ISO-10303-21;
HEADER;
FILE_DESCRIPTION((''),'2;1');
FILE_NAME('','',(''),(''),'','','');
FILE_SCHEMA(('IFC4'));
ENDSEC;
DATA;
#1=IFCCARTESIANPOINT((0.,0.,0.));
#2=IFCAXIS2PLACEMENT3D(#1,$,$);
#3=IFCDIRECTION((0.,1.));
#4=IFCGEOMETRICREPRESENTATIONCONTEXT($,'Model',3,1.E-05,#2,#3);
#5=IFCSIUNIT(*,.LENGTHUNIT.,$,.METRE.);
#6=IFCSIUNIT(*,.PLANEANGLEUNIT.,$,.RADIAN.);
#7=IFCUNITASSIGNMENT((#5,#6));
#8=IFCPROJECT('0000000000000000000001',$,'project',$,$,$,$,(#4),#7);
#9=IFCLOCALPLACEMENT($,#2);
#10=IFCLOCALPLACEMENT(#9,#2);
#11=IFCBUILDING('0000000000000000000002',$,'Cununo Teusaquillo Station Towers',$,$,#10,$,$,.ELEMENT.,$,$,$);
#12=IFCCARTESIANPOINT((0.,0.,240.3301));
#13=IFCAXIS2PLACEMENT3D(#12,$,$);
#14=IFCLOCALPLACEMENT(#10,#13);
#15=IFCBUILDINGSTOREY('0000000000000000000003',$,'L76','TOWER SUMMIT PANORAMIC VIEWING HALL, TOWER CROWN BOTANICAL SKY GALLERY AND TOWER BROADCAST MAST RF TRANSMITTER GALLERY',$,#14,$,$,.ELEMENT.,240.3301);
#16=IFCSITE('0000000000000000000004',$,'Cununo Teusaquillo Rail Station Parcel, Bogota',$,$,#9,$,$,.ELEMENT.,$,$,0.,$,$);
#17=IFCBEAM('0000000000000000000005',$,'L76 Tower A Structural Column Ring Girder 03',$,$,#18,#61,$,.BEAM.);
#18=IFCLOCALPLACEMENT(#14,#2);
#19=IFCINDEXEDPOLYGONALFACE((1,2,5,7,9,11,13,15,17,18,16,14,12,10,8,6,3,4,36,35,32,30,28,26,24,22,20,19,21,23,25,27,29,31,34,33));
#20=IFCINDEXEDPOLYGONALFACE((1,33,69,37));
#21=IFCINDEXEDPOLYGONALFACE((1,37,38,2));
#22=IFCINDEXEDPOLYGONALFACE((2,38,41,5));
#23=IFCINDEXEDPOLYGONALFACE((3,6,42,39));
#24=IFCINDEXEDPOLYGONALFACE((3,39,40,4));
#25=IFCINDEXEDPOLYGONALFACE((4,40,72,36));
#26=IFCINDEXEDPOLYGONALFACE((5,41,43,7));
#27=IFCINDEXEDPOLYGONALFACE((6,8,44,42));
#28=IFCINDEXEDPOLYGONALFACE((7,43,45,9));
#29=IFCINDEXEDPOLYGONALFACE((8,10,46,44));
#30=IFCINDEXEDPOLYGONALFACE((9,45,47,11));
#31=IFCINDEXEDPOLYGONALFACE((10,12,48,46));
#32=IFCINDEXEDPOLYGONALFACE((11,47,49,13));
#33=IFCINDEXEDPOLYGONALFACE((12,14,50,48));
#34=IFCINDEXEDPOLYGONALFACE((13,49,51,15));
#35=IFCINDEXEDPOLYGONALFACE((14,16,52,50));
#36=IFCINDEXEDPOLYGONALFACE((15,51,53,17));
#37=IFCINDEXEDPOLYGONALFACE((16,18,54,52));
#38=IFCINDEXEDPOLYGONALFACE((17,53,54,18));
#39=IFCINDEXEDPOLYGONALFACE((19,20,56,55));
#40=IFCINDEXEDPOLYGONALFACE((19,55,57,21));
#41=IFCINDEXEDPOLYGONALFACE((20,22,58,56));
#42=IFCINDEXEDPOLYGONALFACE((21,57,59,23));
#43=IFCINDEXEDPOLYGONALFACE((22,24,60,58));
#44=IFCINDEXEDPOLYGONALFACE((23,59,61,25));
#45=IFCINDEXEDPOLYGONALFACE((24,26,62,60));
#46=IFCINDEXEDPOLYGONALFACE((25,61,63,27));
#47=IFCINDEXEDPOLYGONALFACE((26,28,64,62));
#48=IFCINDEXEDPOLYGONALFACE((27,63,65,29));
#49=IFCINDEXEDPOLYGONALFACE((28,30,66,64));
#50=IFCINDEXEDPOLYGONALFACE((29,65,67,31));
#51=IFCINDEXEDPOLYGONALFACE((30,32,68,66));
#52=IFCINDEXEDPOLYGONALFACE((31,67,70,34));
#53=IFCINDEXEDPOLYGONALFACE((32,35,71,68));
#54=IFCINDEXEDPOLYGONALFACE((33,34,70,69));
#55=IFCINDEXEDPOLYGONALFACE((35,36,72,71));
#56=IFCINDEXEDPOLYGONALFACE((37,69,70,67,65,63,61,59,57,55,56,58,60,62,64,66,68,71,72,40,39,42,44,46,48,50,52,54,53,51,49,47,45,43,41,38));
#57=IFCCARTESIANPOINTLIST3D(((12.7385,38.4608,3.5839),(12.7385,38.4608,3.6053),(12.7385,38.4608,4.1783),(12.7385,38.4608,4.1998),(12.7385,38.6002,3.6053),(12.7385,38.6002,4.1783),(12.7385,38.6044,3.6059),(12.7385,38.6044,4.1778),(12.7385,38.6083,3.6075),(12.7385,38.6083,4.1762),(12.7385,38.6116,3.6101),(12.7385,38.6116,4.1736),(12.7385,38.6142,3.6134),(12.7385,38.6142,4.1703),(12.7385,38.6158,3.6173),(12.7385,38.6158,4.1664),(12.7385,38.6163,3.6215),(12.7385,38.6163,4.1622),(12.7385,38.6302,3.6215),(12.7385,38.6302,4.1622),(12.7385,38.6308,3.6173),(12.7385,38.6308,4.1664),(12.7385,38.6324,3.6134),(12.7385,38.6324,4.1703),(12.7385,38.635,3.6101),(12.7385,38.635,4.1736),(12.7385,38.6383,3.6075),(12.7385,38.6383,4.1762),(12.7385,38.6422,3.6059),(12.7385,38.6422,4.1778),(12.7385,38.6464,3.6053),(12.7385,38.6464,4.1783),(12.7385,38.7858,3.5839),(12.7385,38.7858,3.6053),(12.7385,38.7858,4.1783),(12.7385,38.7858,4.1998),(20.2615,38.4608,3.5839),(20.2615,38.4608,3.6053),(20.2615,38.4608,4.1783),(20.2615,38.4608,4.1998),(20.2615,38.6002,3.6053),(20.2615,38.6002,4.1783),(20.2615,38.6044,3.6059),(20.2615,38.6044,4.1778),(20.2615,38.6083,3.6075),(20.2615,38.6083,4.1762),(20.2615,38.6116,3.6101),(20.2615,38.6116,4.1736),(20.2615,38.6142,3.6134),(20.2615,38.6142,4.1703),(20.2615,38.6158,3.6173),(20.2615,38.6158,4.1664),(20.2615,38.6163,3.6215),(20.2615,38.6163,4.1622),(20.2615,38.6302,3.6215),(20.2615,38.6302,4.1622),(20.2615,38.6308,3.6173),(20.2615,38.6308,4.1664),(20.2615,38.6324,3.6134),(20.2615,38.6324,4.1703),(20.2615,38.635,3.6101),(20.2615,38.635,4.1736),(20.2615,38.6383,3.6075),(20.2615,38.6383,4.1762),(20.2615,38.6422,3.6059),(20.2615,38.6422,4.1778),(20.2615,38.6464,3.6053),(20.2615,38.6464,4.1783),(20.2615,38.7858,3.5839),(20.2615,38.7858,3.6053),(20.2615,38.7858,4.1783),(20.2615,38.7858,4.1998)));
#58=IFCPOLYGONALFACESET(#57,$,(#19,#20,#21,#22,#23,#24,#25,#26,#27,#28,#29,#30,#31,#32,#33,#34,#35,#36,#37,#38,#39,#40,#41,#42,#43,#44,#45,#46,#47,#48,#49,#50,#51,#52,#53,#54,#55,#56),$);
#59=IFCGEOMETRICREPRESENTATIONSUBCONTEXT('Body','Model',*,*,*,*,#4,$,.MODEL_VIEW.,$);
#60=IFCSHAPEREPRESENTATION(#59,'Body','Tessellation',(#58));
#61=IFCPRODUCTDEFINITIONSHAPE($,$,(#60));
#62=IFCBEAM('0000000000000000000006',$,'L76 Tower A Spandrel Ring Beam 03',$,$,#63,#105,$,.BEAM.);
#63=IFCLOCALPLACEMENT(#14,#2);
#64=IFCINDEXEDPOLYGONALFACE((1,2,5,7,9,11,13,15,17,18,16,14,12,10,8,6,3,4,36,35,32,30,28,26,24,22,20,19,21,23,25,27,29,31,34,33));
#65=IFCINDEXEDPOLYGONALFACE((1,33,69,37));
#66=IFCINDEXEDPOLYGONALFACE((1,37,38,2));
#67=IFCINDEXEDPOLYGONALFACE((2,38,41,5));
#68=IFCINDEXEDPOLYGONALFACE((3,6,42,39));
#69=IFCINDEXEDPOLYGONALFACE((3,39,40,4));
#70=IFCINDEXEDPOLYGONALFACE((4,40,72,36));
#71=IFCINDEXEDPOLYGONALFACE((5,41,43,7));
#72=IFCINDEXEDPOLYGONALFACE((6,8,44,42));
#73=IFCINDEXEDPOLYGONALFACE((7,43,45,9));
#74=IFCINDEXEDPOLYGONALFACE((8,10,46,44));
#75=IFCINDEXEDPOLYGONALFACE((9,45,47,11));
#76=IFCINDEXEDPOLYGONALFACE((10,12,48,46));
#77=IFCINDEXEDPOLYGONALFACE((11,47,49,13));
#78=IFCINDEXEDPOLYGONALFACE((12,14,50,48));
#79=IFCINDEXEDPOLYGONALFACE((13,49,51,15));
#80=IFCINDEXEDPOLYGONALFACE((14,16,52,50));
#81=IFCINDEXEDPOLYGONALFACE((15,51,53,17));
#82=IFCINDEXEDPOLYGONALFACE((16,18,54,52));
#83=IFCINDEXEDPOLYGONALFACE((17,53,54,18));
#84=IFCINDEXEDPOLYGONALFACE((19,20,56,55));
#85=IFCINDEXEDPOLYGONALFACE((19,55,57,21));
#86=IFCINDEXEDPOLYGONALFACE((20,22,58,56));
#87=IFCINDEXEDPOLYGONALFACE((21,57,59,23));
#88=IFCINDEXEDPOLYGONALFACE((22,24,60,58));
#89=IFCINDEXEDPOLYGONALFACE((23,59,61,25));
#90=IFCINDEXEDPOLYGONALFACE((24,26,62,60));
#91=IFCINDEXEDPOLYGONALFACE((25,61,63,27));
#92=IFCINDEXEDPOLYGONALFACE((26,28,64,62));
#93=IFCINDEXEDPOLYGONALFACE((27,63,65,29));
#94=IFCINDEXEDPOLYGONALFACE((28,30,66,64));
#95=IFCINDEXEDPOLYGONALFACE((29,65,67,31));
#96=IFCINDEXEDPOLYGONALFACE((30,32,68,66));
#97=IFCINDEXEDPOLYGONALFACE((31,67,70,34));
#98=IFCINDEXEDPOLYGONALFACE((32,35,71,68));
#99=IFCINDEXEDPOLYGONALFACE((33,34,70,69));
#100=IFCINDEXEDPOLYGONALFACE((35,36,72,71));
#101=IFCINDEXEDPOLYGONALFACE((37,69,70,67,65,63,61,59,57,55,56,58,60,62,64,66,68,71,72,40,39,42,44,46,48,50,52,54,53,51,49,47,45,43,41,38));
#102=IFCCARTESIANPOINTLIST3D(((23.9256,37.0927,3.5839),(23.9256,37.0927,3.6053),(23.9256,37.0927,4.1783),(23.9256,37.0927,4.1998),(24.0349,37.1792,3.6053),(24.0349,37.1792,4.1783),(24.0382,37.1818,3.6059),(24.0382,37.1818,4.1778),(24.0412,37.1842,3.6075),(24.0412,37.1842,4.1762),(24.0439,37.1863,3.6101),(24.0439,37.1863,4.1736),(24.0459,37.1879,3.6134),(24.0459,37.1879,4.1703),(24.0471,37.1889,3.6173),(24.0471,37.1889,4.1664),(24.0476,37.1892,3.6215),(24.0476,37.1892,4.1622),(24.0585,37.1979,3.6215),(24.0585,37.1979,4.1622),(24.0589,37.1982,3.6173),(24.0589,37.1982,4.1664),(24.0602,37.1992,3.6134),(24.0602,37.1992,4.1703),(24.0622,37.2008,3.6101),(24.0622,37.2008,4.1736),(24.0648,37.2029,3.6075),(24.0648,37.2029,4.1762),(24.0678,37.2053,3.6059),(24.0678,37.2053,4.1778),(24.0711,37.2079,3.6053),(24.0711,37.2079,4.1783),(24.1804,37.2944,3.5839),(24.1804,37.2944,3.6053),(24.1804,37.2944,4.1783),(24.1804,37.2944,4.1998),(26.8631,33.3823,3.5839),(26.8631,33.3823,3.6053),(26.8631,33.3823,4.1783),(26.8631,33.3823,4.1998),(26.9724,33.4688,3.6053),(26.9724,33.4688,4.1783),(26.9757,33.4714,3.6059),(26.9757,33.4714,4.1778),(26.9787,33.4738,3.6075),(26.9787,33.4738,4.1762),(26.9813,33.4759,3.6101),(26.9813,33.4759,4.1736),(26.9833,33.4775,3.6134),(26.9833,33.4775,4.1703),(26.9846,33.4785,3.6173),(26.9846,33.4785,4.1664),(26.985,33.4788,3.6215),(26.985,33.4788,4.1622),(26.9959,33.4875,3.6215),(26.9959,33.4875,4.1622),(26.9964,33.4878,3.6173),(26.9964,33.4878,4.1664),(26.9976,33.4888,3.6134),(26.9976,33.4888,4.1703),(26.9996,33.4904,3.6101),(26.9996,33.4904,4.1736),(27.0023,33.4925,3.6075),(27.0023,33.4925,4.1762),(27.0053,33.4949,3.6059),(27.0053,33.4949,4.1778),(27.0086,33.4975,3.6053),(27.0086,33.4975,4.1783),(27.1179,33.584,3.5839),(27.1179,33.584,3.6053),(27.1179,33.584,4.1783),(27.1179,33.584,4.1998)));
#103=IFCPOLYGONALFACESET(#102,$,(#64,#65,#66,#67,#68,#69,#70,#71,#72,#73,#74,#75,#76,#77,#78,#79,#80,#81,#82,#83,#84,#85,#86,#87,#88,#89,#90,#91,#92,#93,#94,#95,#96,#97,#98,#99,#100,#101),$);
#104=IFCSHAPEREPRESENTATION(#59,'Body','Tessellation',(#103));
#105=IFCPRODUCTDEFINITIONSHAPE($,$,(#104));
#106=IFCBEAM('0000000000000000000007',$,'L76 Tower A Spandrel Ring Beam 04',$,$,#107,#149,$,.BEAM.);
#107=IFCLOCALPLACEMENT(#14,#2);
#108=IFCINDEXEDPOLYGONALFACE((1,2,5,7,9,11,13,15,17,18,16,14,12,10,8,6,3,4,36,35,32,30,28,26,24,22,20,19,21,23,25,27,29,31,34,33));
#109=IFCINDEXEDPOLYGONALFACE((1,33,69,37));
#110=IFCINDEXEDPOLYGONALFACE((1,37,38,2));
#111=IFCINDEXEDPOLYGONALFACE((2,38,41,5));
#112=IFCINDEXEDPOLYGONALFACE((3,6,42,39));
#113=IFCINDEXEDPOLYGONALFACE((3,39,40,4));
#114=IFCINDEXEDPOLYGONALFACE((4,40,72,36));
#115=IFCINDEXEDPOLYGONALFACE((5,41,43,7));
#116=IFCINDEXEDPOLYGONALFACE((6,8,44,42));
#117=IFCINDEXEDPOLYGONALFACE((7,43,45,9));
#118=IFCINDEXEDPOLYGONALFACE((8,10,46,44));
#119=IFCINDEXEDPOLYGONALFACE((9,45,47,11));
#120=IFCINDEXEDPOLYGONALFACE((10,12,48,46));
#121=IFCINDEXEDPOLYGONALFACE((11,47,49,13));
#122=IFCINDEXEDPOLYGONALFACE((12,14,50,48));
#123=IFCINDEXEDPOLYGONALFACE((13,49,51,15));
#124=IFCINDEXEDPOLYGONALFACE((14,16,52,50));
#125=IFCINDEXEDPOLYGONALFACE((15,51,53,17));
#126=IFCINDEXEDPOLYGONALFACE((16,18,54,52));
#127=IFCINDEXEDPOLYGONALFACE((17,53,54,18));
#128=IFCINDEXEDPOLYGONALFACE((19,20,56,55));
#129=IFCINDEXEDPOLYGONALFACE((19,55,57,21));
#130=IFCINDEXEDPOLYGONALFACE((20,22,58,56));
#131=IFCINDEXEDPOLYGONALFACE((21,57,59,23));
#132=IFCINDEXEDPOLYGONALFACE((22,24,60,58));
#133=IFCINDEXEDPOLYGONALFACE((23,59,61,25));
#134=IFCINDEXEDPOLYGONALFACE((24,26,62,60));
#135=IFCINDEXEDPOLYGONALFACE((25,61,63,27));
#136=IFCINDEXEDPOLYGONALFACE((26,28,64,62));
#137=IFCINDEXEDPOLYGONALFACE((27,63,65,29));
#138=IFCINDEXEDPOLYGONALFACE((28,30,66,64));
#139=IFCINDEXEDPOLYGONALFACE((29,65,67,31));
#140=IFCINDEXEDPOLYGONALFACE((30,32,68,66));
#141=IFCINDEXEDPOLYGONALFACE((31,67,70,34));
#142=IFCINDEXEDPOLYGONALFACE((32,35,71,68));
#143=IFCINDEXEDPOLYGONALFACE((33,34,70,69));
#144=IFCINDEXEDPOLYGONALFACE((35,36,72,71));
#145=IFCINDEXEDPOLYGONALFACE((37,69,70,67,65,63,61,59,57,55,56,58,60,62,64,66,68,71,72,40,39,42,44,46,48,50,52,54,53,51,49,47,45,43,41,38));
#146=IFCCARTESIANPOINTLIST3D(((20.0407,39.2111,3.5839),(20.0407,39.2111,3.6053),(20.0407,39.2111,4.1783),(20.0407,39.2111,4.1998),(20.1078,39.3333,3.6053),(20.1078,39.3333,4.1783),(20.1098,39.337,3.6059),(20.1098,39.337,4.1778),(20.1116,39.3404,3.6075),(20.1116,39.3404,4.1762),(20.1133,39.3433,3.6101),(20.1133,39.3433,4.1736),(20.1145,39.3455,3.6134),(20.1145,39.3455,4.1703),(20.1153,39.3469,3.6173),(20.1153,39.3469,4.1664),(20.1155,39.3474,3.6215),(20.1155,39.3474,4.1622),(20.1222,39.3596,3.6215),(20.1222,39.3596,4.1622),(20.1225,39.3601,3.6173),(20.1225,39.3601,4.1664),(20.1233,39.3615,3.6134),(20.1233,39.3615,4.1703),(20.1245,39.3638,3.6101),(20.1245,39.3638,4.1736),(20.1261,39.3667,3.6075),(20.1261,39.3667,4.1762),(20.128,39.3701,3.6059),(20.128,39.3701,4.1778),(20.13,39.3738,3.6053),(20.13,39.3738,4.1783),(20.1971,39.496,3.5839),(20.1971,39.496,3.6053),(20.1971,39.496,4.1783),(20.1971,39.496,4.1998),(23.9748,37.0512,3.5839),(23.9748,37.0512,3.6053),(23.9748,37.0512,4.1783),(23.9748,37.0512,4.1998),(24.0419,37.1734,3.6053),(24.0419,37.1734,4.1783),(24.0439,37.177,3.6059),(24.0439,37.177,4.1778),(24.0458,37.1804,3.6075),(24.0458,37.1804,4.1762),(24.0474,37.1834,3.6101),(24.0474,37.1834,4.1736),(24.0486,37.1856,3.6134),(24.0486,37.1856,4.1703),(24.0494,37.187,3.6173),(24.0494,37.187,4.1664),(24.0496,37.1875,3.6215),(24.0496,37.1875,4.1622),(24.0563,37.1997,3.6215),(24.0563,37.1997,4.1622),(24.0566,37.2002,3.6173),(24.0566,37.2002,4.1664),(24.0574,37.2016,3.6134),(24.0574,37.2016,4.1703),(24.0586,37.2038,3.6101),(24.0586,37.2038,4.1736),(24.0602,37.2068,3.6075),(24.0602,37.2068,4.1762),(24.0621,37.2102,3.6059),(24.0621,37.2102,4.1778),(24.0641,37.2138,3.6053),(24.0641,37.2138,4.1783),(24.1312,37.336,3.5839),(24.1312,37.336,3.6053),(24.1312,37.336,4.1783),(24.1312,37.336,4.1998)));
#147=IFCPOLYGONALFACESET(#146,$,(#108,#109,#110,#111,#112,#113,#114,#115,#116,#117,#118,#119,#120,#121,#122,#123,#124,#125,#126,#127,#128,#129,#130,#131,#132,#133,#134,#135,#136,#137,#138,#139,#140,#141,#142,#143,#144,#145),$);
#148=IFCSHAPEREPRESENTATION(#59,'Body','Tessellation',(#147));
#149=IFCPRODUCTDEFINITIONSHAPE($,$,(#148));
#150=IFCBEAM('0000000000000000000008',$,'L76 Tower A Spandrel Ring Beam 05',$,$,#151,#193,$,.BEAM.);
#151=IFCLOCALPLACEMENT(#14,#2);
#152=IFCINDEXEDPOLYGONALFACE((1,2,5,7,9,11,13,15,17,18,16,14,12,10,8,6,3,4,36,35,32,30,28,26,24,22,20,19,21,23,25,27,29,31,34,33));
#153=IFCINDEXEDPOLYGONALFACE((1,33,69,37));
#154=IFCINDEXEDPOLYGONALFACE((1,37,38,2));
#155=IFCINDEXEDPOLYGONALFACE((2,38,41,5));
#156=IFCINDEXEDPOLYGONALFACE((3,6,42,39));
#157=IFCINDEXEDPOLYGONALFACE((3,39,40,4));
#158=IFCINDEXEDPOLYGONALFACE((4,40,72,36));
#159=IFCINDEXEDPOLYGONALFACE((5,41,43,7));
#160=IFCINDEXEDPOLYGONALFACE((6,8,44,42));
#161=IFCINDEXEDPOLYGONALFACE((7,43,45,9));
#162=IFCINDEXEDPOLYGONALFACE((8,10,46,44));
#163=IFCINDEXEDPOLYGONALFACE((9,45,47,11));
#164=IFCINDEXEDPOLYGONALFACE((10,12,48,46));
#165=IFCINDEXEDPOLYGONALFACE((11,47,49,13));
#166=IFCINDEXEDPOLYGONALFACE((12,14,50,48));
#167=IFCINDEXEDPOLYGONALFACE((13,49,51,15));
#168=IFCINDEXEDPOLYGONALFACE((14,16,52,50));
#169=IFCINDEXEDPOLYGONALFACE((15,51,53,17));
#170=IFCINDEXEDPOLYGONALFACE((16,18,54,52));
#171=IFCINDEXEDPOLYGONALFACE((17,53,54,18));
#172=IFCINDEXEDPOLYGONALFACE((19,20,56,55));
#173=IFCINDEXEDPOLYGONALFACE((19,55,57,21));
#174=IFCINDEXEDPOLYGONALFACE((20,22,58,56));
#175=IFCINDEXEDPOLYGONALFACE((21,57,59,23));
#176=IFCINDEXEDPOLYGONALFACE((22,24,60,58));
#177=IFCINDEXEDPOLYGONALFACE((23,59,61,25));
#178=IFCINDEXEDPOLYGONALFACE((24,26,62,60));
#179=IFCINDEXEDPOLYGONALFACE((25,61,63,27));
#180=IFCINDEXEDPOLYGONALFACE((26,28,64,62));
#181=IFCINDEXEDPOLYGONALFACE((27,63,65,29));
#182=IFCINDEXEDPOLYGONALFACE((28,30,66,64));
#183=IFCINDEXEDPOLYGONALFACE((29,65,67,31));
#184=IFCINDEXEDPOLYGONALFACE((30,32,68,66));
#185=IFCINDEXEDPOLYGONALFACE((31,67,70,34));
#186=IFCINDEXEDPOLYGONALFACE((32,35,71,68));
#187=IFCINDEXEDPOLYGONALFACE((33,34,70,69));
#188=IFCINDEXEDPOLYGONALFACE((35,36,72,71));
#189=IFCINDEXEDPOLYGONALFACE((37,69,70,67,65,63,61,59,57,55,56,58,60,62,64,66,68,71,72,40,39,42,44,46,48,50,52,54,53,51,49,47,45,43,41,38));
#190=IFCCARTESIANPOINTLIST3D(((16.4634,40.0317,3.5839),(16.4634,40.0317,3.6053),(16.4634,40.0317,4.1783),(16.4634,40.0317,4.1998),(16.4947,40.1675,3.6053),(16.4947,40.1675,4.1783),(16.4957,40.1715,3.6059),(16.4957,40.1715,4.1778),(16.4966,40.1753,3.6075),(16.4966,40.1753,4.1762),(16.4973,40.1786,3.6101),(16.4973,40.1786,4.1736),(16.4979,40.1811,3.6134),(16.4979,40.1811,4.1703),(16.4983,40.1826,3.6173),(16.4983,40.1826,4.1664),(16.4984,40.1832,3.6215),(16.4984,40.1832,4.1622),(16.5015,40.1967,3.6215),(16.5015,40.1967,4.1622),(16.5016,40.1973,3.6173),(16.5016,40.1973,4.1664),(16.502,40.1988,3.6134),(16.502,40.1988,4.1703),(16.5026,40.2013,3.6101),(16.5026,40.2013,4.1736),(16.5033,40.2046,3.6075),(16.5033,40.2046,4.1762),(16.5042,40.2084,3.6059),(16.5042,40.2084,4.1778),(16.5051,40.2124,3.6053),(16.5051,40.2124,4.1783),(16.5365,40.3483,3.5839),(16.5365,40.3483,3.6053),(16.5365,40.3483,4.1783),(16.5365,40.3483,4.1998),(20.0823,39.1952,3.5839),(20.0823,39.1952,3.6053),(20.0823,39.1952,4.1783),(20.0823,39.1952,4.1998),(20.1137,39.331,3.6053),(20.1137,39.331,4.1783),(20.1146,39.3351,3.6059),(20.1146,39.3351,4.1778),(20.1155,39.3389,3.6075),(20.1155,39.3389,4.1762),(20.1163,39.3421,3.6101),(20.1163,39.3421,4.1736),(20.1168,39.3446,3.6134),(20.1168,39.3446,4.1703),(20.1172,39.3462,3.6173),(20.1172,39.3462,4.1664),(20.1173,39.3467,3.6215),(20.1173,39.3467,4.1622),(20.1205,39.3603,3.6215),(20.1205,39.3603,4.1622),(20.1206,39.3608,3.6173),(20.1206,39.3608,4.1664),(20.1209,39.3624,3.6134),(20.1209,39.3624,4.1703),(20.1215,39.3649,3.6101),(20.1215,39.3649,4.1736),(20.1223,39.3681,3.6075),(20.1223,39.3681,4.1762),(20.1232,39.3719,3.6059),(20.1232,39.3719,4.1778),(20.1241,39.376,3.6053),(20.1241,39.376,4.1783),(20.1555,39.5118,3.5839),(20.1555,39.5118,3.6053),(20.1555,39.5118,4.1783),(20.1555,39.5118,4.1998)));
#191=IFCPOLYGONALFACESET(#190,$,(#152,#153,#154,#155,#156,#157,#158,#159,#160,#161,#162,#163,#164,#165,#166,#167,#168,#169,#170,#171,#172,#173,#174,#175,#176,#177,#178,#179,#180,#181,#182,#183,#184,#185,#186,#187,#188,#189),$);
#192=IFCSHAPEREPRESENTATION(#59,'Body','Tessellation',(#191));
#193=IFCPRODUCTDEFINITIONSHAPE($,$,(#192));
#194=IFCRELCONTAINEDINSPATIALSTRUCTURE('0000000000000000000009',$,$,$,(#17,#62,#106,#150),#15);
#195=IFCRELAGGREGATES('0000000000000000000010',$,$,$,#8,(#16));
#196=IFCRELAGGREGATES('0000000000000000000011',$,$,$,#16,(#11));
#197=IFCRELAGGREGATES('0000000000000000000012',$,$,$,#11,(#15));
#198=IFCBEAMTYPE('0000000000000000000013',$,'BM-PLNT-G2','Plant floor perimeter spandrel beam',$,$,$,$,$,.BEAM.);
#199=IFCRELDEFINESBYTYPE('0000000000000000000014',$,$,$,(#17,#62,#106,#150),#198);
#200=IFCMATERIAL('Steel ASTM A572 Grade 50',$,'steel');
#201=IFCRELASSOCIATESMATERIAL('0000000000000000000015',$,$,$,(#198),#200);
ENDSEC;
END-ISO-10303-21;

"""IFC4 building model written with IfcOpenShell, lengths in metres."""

from ifc_helpers import new_model, si_unit, direction, frame, origin, origin_2d, place, context, subcontext, project, spatial, i_section, extrude, material, material_profile, profile_set, type_object, element, save


model = new_model("IFC4")

# Units and contexts
model_context = context("Model", 3, precision=1e-05, world=origin(), true_north=direction((0.0, 1.0)))
body_context = subcontext(model_context, "Body", "Model", "MODEL_VIEW")
ifc_project = project(units=[si_unit("LENGTHUNIT", "METRE"), si_unit("PLANEANGLEUNIT", "RADIAN")], contexts=[model_context])

# Site, building, storey
site_placement = place(None, origin())
site = spatial("IfcSite", under=ifc_project, at=site_placement, Name="Cununo Teusaquillo Rail Station Parcel, Bogota", CompositionType="ELEMENT", RefElevation=0.0)
building_placement = place(site_placement, origin())
building = spatial("IfcBuilding", under=site, at=building_placement, Name="Cununo Teusaquillo Station Towers", CompositionType="ELEMENT")
storey_placement = place(building_placement, frame((0.0, 0.0, 240.3301)))
storey = spatial("IfcBuildingStorey", under=building, at=storey_placement, Name="L76", Description="TOWER SUMMIT PANORAMIC VIEWING HALL, TOWER CROWN BOTANICAL SKY GALLERY AND TOWER BROADCAST MAST RF TRANSMITTER GALLERY", CompositionType="ELEMENT", Elevation=240.3301)

# Beams
ifc_material_1 = material(Name="Steel ASTM A572 Grade 50", Category="steel")
ifc_material_profile_1 = material_profile(ifc_material_1, i_section(OverallWidth=0.325, OverallDepth=0.616, WebThickness=0.0139, FlangeThickness=0.0215, FilletRadius=0.0161, at=origin_2d()), Name="W24X117")
ifc_profile_set_1 = profile_set([ifc_material_profile_1], Name="Steel ASTM A572 Grade 50")
beam_type_1 = type_object("IfcBeamType", Name="BM-PLNT-G2", Description="Plant floor perimeter spandrel beam", PredefinedType="BEAM", material=ifc_profile_set_1)
beam_1_placement = place(storey_placement, frame((20.2615, 38.6233, 3.8918), z_axis=(-1.0, 0.0, 0.0), x_axis=(0.0, -1.0, 0.0)))
element("IfcBeam", 1, at=beam_1_placement, inside=storey, type_object=beam_type_1, Name="L76 Tower A Structural Column Ring Girder 03", PredefinedType="BEAM", context=body_context, shape_type="SweptSolid", body=[
    extrude(i_section(OverallWidth=0.325, OverallDepth=0.616, WebThickness=0.0139, FlangeThickness=0.0215, FilletRadius=0.0161, at=origin_2d()), origin(), (0.0, 0.0, 1.0), 7.5229),
])
beam_2_placement = place(storey_placement, frame((26.9905, 33.4832, 3.8918), z_axis=(-0.620711, 0.78404, 0.0), x_axis=(-0.78404, -0.620711, 0.0)))
element("IfcBeam", 2, at=beam_2_placement, inside=storey, type_object=beam_type_1, Name="L76 Tower A Spandrel Ring Beam 03", PredefinedType="BEAM", context=body_context, shape_type="SweptSolid", body=[
    extrude(i_section(OverallWidth=0.325, OverallDepth=0.616, WebThickness=0.0139, FlangeThickness=0.0215, FilletRadius=0.0161, at=origin_2d()), origin(), (0.0, 0.0, 1.0), 4.7324),
])
beam_3_placement = place(storey_placement, frame((24.053, 37.1936, 3.8918), z_axis=(-0.876576, 0.481263, 0.0), x_axis=(-0.481263, -0.876576, 0.0)))
element("IfcBeam", 3, at=beam_3_placement, inside=storey, type_object=beam_type_1, Name="L76 Tower A Spandrel Ring Beam 04", PredefinedType="BEAM", context=body_context, shape_type="SweptSolid", body=[
    extrude(i_section(OverallWidth=0.325, OverallDepth=0.616, WebThickness=0.0139, FlangeThickness=0.0215, FilletRadius=0.0161, at=origin_2d()), origin(), (0.0, 0.0, 1.0), 4.488),
])
for number, where, z_axis, x_axis, name in (
    (4, (20.1189, 39.3535, 3.8918), (-0.974315, 0.225191, 0.0), (-0.225191, -0.974315, 0.0), "L76 Tower A Spandrel Ring Beam 05"),
):
    element("IfcBeam", number, at=place(storey_placement, frame(where, z_axis=z_axis, x_axis=x_axis)), inside=storey, type_object=beam_type_1, Name=name, PredefinedType="BEAM", context=body_context, shape_type="SweptSolid", body=[
        extrude(i_section(OverallWidth=0.325, OverallDepth=0.616, WebThickness=0.0139, FlangeThickness=0.0215, FilletRadius=0.0161, at=origin_2d()), origin(), (0.0, 0.0, 1.0), 3.7144),
    ])

save(model, "model.ifc")
